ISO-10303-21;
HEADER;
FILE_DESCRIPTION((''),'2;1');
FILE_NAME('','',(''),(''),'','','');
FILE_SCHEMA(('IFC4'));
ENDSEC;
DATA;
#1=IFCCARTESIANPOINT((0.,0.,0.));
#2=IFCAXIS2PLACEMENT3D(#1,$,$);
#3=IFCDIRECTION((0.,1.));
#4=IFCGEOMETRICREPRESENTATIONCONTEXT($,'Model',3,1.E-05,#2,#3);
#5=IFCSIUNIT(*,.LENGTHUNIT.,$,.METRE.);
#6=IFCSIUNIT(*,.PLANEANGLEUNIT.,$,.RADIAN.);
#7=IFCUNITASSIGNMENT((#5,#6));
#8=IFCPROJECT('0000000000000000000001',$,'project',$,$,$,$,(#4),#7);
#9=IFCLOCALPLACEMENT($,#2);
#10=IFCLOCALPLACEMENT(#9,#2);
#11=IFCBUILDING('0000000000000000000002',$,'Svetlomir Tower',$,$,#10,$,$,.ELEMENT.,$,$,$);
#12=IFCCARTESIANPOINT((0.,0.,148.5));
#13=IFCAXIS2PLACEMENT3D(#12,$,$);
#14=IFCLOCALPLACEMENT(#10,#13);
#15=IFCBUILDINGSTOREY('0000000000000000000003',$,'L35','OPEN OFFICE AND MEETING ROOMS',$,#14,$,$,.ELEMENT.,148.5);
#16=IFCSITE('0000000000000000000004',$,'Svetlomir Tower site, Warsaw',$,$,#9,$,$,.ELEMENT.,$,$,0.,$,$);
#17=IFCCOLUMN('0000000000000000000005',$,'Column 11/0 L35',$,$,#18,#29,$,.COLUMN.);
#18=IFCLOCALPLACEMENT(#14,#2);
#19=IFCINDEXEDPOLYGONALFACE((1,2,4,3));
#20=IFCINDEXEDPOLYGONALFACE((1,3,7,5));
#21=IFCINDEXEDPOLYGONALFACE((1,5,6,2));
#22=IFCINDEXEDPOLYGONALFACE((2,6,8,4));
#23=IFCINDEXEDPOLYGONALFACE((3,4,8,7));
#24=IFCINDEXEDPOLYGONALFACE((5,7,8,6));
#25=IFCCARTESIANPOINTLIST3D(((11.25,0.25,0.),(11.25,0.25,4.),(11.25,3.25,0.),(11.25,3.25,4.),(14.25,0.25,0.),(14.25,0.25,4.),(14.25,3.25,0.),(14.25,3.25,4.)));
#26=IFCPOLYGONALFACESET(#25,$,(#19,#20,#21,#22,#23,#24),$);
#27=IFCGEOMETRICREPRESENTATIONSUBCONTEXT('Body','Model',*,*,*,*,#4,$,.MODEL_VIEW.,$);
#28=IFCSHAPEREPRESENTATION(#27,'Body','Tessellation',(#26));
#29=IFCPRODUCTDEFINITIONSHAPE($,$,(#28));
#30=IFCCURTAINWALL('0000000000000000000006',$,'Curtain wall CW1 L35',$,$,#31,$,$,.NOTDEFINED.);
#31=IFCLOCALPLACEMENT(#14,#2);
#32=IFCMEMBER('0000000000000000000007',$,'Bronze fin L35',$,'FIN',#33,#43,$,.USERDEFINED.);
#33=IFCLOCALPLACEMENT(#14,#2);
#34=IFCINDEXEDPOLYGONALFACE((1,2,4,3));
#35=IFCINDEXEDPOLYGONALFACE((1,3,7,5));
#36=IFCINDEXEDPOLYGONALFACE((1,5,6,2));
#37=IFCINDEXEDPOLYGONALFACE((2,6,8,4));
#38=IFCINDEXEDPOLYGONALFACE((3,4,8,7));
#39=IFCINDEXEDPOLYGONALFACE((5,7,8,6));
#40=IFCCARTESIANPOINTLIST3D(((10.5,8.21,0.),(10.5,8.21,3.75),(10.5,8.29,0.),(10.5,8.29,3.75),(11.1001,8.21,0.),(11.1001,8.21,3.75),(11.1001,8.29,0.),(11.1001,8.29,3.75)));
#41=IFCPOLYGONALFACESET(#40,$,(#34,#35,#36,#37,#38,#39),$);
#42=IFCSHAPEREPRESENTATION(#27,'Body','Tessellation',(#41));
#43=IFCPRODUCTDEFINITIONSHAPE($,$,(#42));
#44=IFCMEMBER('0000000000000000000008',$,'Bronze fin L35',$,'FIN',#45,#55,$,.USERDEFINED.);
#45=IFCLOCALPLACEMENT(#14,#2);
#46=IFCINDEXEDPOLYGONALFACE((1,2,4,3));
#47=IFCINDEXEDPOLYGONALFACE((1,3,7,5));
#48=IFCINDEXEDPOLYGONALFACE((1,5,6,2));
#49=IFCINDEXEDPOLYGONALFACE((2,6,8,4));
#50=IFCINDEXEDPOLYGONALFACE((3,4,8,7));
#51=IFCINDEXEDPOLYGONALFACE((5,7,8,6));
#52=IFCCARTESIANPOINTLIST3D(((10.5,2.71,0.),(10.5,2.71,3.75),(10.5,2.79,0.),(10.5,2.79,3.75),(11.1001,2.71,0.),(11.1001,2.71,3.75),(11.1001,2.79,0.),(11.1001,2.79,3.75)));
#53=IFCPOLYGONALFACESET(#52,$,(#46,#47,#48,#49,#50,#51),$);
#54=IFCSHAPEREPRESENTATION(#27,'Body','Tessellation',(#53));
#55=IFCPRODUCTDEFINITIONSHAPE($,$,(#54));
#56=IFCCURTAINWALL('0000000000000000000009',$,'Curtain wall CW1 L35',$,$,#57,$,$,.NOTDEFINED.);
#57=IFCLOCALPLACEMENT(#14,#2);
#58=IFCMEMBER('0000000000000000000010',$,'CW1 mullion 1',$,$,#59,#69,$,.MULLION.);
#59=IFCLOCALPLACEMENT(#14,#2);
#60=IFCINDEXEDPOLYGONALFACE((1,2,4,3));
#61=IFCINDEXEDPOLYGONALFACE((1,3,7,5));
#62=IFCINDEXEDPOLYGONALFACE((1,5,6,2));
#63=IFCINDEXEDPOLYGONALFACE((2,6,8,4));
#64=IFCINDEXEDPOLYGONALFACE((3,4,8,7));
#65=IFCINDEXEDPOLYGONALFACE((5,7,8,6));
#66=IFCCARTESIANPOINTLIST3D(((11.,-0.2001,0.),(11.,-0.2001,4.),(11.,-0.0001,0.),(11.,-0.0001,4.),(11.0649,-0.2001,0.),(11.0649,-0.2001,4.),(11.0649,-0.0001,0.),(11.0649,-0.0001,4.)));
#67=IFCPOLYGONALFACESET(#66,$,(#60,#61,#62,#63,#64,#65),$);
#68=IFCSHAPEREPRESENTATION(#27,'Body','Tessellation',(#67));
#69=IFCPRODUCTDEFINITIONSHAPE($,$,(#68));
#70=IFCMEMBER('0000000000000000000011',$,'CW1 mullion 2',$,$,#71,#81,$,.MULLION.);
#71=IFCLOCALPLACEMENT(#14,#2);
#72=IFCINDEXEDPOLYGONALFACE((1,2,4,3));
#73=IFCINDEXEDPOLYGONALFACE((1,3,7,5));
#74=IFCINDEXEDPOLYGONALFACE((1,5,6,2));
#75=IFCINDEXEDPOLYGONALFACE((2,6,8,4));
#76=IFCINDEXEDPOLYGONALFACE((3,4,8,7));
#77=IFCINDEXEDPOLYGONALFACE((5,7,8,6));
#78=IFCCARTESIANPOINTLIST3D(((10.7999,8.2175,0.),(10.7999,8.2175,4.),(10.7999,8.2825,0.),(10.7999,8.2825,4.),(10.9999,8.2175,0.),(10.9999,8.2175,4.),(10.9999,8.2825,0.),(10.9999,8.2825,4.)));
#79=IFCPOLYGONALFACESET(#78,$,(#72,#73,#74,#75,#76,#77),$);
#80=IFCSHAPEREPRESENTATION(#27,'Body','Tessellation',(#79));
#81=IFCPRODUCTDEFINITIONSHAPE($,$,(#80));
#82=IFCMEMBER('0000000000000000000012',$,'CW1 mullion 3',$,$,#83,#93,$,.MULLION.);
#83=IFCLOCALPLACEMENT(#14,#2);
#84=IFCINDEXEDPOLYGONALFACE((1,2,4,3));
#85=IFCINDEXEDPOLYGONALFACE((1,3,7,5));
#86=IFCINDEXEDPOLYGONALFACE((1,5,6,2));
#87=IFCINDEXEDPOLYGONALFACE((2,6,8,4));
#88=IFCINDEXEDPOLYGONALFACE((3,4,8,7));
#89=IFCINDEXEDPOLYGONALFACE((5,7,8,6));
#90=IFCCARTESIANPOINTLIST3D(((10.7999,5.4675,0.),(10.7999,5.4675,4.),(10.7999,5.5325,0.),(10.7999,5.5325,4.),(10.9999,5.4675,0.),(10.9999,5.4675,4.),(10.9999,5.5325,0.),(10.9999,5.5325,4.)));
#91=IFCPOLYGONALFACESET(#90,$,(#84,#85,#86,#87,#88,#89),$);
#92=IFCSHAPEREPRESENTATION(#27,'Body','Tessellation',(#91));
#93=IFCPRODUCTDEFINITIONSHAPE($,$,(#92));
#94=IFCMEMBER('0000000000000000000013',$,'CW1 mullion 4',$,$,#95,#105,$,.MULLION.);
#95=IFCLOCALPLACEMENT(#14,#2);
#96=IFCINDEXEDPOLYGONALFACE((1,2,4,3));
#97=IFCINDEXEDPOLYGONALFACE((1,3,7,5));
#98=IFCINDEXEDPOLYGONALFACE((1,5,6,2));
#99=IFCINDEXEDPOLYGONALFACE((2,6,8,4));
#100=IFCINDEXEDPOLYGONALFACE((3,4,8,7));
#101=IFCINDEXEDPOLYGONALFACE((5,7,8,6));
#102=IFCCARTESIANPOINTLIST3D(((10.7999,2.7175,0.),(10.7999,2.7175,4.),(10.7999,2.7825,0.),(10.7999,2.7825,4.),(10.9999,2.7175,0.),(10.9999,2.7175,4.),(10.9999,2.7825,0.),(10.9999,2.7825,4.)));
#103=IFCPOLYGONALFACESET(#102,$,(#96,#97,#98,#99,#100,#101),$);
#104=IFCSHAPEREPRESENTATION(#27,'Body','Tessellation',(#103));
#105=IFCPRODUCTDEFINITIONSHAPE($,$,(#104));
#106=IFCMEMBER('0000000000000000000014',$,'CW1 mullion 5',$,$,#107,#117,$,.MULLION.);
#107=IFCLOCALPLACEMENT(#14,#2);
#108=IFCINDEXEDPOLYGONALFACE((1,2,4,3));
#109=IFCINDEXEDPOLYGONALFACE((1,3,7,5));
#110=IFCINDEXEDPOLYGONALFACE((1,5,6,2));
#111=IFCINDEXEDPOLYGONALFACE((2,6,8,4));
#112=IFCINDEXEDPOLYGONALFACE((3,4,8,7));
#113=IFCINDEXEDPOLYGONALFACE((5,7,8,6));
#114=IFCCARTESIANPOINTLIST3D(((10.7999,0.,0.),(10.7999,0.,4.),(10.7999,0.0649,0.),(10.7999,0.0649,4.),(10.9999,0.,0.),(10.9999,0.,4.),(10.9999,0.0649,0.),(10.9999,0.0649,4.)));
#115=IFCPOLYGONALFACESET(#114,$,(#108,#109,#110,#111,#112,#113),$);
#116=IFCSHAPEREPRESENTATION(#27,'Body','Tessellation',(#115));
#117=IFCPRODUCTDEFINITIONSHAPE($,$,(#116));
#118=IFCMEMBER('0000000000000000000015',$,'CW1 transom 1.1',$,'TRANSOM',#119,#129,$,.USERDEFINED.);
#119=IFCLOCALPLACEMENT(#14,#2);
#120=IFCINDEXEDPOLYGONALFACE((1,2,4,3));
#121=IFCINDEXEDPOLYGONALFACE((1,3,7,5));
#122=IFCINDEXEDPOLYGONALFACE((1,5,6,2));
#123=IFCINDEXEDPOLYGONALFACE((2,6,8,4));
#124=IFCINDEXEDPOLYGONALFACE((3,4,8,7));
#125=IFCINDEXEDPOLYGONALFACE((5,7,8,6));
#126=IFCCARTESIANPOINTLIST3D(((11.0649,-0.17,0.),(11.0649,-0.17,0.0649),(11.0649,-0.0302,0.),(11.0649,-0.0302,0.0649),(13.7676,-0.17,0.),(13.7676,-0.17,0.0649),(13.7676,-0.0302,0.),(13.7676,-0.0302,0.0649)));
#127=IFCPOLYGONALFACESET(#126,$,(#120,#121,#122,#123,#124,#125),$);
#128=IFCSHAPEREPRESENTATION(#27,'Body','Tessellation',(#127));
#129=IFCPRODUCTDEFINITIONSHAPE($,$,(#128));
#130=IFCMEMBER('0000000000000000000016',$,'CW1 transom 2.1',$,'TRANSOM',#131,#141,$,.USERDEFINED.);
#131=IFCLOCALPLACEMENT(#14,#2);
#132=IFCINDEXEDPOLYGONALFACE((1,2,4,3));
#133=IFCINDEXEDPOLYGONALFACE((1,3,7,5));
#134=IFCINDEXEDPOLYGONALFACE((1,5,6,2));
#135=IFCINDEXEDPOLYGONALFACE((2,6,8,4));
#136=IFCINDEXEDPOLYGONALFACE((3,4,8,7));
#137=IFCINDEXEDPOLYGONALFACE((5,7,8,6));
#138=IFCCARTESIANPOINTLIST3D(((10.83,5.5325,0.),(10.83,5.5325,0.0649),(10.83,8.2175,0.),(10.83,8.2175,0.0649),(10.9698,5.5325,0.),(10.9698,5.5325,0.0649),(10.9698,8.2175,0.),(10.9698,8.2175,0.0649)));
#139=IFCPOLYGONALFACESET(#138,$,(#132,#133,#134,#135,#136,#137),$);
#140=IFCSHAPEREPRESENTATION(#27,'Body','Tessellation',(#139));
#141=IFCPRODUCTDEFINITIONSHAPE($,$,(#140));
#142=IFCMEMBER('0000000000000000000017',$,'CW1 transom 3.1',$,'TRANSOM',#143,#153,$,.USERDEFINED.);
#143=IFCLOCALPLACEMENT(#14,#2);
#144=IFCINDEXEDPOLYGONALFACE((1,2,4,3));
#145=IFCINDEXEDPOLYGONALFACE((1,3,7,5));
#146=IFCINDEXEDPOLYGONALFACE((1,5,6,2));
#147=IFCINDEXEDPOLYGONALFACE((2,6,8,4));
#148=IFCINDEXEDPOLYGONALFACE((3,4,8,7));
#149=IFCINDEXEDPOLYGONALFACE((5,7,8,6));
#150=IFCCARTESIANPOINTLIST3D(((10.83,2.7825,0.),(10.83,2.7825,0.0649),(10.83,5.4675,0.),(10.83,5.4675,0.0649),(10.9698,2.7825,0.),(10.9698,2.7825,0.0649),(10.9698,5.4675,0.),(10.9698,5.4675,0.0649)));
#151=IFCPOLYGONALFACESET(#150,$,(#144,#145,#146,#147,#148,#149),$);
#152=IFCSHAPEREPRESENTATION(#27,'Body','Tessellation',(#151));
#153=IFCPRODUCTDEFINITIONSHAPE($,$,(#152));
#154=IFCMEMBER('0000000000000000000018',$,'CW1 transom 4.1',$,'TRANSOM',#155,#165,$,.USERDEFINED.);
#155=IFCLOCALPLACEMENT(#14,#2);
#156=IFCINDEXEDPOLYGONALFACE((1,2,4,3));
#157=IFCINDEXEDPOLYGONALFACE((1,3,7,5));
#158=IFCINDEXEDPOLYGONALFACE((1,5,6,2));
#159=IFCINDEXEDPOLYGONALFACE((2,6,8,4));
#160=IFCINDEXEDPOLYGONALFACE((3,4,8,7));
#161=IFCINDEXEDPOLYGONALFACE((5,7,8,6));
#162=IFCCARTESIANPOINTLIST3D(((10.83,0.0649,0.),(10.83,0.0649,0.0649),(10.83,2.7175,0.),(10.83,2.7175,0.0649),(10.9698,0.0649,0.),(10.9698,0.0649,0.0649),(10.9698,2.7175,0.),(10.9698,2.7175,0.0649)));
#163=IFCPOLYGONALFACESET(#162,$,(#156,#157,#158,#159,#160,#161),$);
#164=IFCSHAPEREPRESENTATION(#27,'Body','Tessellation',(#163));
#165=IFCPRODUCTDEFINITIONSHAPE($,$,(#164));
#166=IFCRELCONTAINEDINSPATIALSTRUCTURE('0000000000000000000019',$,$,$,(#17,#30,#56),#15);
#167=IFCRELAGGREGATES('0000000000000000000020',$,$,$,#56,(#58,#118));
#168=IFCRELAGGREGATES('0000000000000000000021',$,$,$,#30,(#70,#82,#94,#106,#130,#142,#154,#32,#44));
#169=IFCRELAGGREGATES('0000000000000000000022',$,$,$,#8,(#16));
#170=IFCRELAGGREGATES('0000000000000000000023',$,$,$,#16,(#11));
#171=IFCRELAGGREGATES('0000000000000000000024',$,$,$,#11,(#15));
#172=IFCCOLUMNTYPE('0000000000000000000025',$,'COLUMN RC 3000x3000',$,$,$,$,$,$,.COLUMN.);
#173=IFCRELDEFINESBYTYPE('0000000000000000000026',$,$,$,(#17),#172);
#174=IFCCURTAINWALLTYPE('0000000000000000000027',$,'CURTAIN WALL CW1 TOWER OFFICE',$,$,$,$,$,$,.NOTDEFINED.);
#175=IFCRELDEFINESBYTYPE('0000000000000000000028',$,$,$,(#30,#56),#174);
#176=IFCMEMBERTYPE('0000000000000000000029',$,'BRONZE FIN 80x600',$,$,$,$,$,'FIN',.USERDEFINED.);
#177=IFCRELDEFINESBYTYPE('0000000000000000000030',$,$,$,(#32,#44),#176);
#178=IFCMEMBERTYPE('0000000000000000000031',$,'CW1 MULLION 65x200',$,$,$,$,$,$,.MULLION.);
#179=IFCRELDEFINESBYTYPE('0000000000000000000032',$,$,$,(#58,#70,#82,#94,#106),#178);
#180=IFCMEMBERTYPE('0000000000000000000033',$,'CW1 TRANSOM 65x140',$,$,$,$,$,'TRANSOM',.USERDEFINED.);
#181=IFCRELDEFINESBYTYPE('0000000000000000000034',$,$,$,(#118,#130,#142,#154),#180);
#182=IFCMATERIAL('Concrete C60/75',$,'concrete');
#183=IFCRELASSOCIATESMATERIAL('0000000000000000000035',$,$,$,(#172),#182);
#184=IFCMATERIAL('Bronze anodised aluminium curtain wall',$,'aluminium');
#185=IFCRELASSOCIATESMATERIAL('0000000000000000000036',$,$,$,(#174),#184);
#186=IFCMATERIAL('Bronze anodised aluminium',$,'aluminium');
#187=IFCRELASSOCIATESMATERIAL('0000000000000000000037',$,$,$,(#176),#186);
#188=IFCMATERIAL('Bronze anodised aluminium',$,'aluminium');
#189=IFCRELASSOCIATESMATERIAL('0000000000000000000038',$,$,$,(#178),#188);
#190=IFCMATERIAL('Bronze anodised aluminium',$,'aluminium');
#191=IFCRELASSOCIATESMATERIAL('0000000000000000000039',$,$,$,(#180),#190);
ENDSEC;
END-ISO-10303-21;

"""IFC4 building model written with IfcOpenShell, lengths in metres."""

from ifc_helpers import new_model, si_unit, direction, frame, origin, origin_2d, place, context, subcontext, project, spatial, rectangle, extrude, material, material_profile, profile_set, type_object, element, aggregate, save


model = new_model("IFC4")

# Units and contexts
model_context = context("Model", 3, precision=1e-05, world=origin(), true_north=direction((0.0, 1.0)))
body_context = subcontext(model_context, "Body", "Model", "MODEL_VIEW")
ifc_project = project(units=[si_unit("LENGTHUNIT", "METRE"), si_unit("PLANEANGLEUNIT", "RADIAN")], contexts=[model_context])

# Site, building, storey
site_placement = place(None, origin())
site = spatial("IfcSite", under=ifc_project, at=site_placement, Name="Svetlomir Tower site, Warsaw", CompositionType="ELEMENT", RefElevation=0.0)
building_placement = place(site_placement, origin())
building = spatial("IfcBuilding", under=site, at=building_placement, Name="Svetlomir Tower", CompositionType="ELEMENT")
storey_placement = place(building_placement, frame((0.0, 0.0, 148.5)))
storey = spatial("IfcBuildingStorey", under=building, at=storey_placement, Name="L35", Description="OPEN OFFICE AND MEETING ROOMS", CompositionType="ELEMENT", Elevation=148.5)

# Column
ifc_material_1 = material(Name="Concrete C60/75", Category="concrete")
ifc_material_profile_1 = material_profile(ifc_material_1, rectangle(XDim=3.0, YDim=3.0, at=origin_2d()), Name="RC 3000x3000")
ifc_profile_set_1 = profile_set([ifc_material_profile_1], Name="Concrete C60/75")
column_type = type_object("IfcColumnType", Name="COLUMN RC 3000x3000", PredefinedType="COLUMN", material=ifc_profile_set_1)
column_placement = place(storey_placement, frame((12.75, 1.75, 0.0), z_axis=(0.0, 0.0, 1.0), x_axis=(1.0, 0.0, 0.0)))
element("IfcColumn", 1, at=column_placement, inside=storey, type_object=column_type, Name="Column 11/0 L35", PredefinedType="COLUMN", context=body_context, shape_type="SweptSolid", body=[
    extrude(rectangle(XDim=3.0, YDim=3.0, at=origin_2d()), origin(), (0.0, 0.0, 1.0), 4.0),
])

# Curtain wall, members
ifc_material_2 = material(Name="Bronze anodised aluminium curtain wall", Category="aluminium")
curtain_wall_type = type_object("IfcCurtainWallType", Name="CURTAIN WALL CW1 TOWER OFFICE", PredefinedType="NOTDEFINED", material=ifc_material_2)
curtain_wall_1_placement = place(storey_placement, origin())
curtain_wall_1 = element("IfcCurtainWall", 2, at=curtain_wall_1_placement, inside=storey, type_object=curtain_wall_type, Name="Curtain wall CW1 L35", PredefinedType="NOTDEFINED")
ifc_material_3 = material(Name="Bronze anodised aluminium", Category="aluminium")
ifc_material_profile_2 = material_profile(ifc_material_3, rectangle(XDim=0.0801, YDim=0.6001, at=origin_2d()), Name="FIN 80x600")
ifc_profile_set_2 = profile_set([ifc_material_profile_2], Name="Bronze anodised aluminium 6063-T6")
member_type_1 = type_object("IfcMemberType", Name="BRONZE FIN 80x600", ElementType="FIN", PredefinedType="USERDEFINED", material=ifc_profile_set_2)
member_1_placement = place(storey_placement, frame((10.8, 8.25, 0.0), z_axis=(0.0, 0.0, 1.0), x_axis=(0.0, 1.0, 0.0)))
member_1 = element("IfcMember", 3, at=member_1_placement, type_object=member_type_1, Name="Bronze fin L35", ObjectType="FIN", PredefinedType="USERDEFINED", context=body_context, shape_type="SweptSolid", body=[
    extrude(rectangle(XDim=0.0801, YDim=0.6001, at=origin_2d()), origin(), (0.0, 0.0, 1.0), 3.75),
])
member_2_placement = place(storey_placement, frame((10.8, 2.75, 0.0), z_axis=(0.0, 0.0, 1.0), x_axis=(0.0, 1.0, 0.0)))
member_2 = element("IfcMember", 4, at=member_2_placement, type_object=member_type_1, Name="Bronze fin L35", ObjectType="FIN", PredefinedType="USERDEFINED", context=body_context, shape_type="SweptSolid", body=[
    extrude(rectangle(XDim=0.0801, YDim=0.6001, at=origin_2d()), origin(), (0.0, 0.0, 1.0), 3.75),
])

# Curtain wall, member
curtain_wall_2_placement = place(storey_placement, origin())
curtain_wall_2 = element("IfcCurtainWall", 5, at=curtain_wall_2_placement, inside=storey, type_object=curtain_wall_type, Name="Curtain wall CW1 L35", PredefinedType="NOTDEFINED")
ifc_material_4 = material(Name="Bronze anodised aluminium", Category="aluminium")
ifc_material_profile_3 = material_profile(ifc_material_4, rectangle(XDim=0.0649, YDim=0.2, at=origin_2d()), Name="AL 65x200")
ifc_profile_set_3 = profile_set([ifc_material_profile_3], Name="Bronze anodised aluminium 6063-T6")
member_type_2 = type_object("IfcMemberType", Name="CW1 MULLION 65x200", PredefinedType="MULLION", material=ifc_profile_set_3)
member_3_placement = place(storey_placement, frame((11.0325, -0.1001, 0.0), z_axis=(0.0, 0.0, 1.0), x_axis=(1.0, 0.0, 0.0)))
member_3 = element("IfcMember", 6, at=member_3_placement, type_object=member_type_2, Name="CW1 mullion 1", PredefinedType="MULLION", context=body_context, shape_type="SweptSolid", body=[
    extrude(rectangle(XDim=0.0649, YDim=0.2, at=origin_2d()), origin(), (0.0, 0.0, 1.0), 4.0),
])

# Members
member_4_placement = place(storey_placement, frame((10.8999, 8.25, 0.0), z_axis=(0.0, 0.0, 1.0), x_axis=(0.0, -1.0, 0.0)))
member_4 = element("IfcMember", 7, at=member_4_placement, type_object=member_type_2, Name="CW1 mullion 2", PredefinedType="MULLION", context=body_context, shape_type="SweptSolid", body=[
    extrude(rectangle(XDim=0.0649, YDim=0.2, at=origin_2d()), origin(), (0.0, 0.0, 1.0), 4.0),
])
member_5_placement = place(storey_placement, frame((10.8999, 5.5, 0.0), z_axis=(0.0, 0.0, 1.0), x_axis=(0.0, -1.0, 0.0)))
member_5 = element("IfcMember", 8, at=member_5_placement, type_object=member_type_2, Name="CW1 mullion 3", PredefinedType="MULLION", context=body_context, shape_type="SweptSolid", body=[
    extrude(rectangle(XDim=0.0649, YDim=0.2, at=origin_2d()), origin(), (0.0, 0.0, 1.0), 4.0),
])
member_6_placement = place(storey_placement, frame((10.8999, 2.75, 0.0), z_axis=(0.0, 0.0, 1.0), x_axis=(0.0, -1.0, 0.0)))
member_6 = element("IfcMember", 9, at=member_6_placement, type_object=member_type_2, Name="CW1 mullion 4", PredefinedType="MULLION", context=body_context, shape_type="SweptSolid", body=[
    extrude(rectangle(XDim=0.0649, YDim=0.2, at=origin_2d()), origin(), (0.0, 0.0, 1.0), 4.0),
])
member_7_placement = place(storey_placement, frame((10.8999, 0.0325, 0.0), z_axis=(0.0, 0.0, 1.0), x_axis=(0.0, -1.0, 0.0)))
member_7 = element("IfcMember", 10, at=member_7_placement, type_object=member_type_2, Name="CW1 mullion 5", PredefinedType="MULLION", context=body_context, shape_type="SweptSolid", body=[
    extrude(rectangle(XDim=0.0649, YDim=0.2, at=origin_2d()), origin(), (0.0, 0.0, 1.0), 4.0),
])
ifc_material_5 = material(Name="Bronze anodised aluminium", Category="aluminium")
ifc_material_profile_4 = material_profile(ifc_material_5, rectangle(XDim=0.1399, YDim=0.0649, at=origin_2d()), Name="AL 140x65")
ifc_profile_set_4 = profile_set([ifc_material_profile_4], Name="Bronze anodised aluminium 6063-T6")
member_type_3 = type_object("IfcMemberType", Name="CW1 TRANSOM 65x140", ElementType="TRANSOM", PredefinedType="USERDEFINED", material=ifc_profile_set_4)
member_8_placement = place(storey_placement, frame((11.0649, -0.1001, 0.0325), z_axis=(1.0, 0.0, 0.0), x_axis=(0.0, 1.0, 0.0)))
member_8 = element("IfcMember", 11, at=member_8_placement, type_object=member_type_3, Name="CW1 transom 1.1", ObjectType="TRANSOM", PredefinedType="USERDEFINED", context=body_context, shape_type="SweptSolid", body=[
    extrude(rectangle(XDim=0.1399, YDim=0.0649, at=origin_2d()), origin(), (0.0, 0.0, 1.0), 2.7026),
])
member_9_placement = place(storey_placement, frame((10.8999, 8.2175, 0.0325), z_axis=(0.0, -1.0, 0.0), x_axis=(1.0, 0.0, 0.0)))
member_9 = element("IfcMember", 12, at=member_9_placement, type_object=member_type_3, Name="CW1 transom 2.1", ObjectType="TRANSOM", PredefinedType="USERDEFINED", context=body_context, shape_type="SweptSolid", body=[
    extrude(rectangle(XDim=0.1399, YDim=0.0649, at=origin_2d()), origin(), (0.0, 0.0, 1.0), 2.6851),
])
member_10_placement = place(storey_placement, frame((10.8999, 5.4675, 0.0325), z_axis=(0.0, -1.0, 0.0), x_axis=(1.0, 0.0, 0.0)))
member_10 = element("IfcMember", 13, at=member_10_placement, type_object=member_type_3, Name="CW1 transom 3.1", ObjectType="TRANSOM", PredefinedType="USERDEFINED", context=body_context, shape_type="SweptSolid", body=[
    extrude(rectangle(XDim=0.1399, YDim=0.0649, at=origin_2d()), origin(), (0.0, 0.0, 1.0), 2.6851),
])
member_11_placement = place(storey_placement, frame((10.8999, 2.7175, 0.0325), z_axis=(0.0, -1.0, 0.0), x_axis=(1.0, 0.0, 0.0)))
member_11 = element("IfcMember", 14, at=member_11_placement, type_object=member_type_3, Name="CW1 transom 4.1", ObjectType="TRANSOM", PredefinedType="USERDEFINED", context=body_context, shape_type="SweptSolid", body=[
    extrude(rectangle(XDim=0.1399, YDim=0.0649, at=origin_2d()), origin(), (0.0, 0.0, 1.0), 2.6526),
])

aggregate(curtain_wall_2, [member_3, member_8])
aggregate(curtain_wall_1, [member_4, member_5, member_6, member_7, member_9, member_10, member_11, member_1, member_2])

save(model, "model.ifc")
